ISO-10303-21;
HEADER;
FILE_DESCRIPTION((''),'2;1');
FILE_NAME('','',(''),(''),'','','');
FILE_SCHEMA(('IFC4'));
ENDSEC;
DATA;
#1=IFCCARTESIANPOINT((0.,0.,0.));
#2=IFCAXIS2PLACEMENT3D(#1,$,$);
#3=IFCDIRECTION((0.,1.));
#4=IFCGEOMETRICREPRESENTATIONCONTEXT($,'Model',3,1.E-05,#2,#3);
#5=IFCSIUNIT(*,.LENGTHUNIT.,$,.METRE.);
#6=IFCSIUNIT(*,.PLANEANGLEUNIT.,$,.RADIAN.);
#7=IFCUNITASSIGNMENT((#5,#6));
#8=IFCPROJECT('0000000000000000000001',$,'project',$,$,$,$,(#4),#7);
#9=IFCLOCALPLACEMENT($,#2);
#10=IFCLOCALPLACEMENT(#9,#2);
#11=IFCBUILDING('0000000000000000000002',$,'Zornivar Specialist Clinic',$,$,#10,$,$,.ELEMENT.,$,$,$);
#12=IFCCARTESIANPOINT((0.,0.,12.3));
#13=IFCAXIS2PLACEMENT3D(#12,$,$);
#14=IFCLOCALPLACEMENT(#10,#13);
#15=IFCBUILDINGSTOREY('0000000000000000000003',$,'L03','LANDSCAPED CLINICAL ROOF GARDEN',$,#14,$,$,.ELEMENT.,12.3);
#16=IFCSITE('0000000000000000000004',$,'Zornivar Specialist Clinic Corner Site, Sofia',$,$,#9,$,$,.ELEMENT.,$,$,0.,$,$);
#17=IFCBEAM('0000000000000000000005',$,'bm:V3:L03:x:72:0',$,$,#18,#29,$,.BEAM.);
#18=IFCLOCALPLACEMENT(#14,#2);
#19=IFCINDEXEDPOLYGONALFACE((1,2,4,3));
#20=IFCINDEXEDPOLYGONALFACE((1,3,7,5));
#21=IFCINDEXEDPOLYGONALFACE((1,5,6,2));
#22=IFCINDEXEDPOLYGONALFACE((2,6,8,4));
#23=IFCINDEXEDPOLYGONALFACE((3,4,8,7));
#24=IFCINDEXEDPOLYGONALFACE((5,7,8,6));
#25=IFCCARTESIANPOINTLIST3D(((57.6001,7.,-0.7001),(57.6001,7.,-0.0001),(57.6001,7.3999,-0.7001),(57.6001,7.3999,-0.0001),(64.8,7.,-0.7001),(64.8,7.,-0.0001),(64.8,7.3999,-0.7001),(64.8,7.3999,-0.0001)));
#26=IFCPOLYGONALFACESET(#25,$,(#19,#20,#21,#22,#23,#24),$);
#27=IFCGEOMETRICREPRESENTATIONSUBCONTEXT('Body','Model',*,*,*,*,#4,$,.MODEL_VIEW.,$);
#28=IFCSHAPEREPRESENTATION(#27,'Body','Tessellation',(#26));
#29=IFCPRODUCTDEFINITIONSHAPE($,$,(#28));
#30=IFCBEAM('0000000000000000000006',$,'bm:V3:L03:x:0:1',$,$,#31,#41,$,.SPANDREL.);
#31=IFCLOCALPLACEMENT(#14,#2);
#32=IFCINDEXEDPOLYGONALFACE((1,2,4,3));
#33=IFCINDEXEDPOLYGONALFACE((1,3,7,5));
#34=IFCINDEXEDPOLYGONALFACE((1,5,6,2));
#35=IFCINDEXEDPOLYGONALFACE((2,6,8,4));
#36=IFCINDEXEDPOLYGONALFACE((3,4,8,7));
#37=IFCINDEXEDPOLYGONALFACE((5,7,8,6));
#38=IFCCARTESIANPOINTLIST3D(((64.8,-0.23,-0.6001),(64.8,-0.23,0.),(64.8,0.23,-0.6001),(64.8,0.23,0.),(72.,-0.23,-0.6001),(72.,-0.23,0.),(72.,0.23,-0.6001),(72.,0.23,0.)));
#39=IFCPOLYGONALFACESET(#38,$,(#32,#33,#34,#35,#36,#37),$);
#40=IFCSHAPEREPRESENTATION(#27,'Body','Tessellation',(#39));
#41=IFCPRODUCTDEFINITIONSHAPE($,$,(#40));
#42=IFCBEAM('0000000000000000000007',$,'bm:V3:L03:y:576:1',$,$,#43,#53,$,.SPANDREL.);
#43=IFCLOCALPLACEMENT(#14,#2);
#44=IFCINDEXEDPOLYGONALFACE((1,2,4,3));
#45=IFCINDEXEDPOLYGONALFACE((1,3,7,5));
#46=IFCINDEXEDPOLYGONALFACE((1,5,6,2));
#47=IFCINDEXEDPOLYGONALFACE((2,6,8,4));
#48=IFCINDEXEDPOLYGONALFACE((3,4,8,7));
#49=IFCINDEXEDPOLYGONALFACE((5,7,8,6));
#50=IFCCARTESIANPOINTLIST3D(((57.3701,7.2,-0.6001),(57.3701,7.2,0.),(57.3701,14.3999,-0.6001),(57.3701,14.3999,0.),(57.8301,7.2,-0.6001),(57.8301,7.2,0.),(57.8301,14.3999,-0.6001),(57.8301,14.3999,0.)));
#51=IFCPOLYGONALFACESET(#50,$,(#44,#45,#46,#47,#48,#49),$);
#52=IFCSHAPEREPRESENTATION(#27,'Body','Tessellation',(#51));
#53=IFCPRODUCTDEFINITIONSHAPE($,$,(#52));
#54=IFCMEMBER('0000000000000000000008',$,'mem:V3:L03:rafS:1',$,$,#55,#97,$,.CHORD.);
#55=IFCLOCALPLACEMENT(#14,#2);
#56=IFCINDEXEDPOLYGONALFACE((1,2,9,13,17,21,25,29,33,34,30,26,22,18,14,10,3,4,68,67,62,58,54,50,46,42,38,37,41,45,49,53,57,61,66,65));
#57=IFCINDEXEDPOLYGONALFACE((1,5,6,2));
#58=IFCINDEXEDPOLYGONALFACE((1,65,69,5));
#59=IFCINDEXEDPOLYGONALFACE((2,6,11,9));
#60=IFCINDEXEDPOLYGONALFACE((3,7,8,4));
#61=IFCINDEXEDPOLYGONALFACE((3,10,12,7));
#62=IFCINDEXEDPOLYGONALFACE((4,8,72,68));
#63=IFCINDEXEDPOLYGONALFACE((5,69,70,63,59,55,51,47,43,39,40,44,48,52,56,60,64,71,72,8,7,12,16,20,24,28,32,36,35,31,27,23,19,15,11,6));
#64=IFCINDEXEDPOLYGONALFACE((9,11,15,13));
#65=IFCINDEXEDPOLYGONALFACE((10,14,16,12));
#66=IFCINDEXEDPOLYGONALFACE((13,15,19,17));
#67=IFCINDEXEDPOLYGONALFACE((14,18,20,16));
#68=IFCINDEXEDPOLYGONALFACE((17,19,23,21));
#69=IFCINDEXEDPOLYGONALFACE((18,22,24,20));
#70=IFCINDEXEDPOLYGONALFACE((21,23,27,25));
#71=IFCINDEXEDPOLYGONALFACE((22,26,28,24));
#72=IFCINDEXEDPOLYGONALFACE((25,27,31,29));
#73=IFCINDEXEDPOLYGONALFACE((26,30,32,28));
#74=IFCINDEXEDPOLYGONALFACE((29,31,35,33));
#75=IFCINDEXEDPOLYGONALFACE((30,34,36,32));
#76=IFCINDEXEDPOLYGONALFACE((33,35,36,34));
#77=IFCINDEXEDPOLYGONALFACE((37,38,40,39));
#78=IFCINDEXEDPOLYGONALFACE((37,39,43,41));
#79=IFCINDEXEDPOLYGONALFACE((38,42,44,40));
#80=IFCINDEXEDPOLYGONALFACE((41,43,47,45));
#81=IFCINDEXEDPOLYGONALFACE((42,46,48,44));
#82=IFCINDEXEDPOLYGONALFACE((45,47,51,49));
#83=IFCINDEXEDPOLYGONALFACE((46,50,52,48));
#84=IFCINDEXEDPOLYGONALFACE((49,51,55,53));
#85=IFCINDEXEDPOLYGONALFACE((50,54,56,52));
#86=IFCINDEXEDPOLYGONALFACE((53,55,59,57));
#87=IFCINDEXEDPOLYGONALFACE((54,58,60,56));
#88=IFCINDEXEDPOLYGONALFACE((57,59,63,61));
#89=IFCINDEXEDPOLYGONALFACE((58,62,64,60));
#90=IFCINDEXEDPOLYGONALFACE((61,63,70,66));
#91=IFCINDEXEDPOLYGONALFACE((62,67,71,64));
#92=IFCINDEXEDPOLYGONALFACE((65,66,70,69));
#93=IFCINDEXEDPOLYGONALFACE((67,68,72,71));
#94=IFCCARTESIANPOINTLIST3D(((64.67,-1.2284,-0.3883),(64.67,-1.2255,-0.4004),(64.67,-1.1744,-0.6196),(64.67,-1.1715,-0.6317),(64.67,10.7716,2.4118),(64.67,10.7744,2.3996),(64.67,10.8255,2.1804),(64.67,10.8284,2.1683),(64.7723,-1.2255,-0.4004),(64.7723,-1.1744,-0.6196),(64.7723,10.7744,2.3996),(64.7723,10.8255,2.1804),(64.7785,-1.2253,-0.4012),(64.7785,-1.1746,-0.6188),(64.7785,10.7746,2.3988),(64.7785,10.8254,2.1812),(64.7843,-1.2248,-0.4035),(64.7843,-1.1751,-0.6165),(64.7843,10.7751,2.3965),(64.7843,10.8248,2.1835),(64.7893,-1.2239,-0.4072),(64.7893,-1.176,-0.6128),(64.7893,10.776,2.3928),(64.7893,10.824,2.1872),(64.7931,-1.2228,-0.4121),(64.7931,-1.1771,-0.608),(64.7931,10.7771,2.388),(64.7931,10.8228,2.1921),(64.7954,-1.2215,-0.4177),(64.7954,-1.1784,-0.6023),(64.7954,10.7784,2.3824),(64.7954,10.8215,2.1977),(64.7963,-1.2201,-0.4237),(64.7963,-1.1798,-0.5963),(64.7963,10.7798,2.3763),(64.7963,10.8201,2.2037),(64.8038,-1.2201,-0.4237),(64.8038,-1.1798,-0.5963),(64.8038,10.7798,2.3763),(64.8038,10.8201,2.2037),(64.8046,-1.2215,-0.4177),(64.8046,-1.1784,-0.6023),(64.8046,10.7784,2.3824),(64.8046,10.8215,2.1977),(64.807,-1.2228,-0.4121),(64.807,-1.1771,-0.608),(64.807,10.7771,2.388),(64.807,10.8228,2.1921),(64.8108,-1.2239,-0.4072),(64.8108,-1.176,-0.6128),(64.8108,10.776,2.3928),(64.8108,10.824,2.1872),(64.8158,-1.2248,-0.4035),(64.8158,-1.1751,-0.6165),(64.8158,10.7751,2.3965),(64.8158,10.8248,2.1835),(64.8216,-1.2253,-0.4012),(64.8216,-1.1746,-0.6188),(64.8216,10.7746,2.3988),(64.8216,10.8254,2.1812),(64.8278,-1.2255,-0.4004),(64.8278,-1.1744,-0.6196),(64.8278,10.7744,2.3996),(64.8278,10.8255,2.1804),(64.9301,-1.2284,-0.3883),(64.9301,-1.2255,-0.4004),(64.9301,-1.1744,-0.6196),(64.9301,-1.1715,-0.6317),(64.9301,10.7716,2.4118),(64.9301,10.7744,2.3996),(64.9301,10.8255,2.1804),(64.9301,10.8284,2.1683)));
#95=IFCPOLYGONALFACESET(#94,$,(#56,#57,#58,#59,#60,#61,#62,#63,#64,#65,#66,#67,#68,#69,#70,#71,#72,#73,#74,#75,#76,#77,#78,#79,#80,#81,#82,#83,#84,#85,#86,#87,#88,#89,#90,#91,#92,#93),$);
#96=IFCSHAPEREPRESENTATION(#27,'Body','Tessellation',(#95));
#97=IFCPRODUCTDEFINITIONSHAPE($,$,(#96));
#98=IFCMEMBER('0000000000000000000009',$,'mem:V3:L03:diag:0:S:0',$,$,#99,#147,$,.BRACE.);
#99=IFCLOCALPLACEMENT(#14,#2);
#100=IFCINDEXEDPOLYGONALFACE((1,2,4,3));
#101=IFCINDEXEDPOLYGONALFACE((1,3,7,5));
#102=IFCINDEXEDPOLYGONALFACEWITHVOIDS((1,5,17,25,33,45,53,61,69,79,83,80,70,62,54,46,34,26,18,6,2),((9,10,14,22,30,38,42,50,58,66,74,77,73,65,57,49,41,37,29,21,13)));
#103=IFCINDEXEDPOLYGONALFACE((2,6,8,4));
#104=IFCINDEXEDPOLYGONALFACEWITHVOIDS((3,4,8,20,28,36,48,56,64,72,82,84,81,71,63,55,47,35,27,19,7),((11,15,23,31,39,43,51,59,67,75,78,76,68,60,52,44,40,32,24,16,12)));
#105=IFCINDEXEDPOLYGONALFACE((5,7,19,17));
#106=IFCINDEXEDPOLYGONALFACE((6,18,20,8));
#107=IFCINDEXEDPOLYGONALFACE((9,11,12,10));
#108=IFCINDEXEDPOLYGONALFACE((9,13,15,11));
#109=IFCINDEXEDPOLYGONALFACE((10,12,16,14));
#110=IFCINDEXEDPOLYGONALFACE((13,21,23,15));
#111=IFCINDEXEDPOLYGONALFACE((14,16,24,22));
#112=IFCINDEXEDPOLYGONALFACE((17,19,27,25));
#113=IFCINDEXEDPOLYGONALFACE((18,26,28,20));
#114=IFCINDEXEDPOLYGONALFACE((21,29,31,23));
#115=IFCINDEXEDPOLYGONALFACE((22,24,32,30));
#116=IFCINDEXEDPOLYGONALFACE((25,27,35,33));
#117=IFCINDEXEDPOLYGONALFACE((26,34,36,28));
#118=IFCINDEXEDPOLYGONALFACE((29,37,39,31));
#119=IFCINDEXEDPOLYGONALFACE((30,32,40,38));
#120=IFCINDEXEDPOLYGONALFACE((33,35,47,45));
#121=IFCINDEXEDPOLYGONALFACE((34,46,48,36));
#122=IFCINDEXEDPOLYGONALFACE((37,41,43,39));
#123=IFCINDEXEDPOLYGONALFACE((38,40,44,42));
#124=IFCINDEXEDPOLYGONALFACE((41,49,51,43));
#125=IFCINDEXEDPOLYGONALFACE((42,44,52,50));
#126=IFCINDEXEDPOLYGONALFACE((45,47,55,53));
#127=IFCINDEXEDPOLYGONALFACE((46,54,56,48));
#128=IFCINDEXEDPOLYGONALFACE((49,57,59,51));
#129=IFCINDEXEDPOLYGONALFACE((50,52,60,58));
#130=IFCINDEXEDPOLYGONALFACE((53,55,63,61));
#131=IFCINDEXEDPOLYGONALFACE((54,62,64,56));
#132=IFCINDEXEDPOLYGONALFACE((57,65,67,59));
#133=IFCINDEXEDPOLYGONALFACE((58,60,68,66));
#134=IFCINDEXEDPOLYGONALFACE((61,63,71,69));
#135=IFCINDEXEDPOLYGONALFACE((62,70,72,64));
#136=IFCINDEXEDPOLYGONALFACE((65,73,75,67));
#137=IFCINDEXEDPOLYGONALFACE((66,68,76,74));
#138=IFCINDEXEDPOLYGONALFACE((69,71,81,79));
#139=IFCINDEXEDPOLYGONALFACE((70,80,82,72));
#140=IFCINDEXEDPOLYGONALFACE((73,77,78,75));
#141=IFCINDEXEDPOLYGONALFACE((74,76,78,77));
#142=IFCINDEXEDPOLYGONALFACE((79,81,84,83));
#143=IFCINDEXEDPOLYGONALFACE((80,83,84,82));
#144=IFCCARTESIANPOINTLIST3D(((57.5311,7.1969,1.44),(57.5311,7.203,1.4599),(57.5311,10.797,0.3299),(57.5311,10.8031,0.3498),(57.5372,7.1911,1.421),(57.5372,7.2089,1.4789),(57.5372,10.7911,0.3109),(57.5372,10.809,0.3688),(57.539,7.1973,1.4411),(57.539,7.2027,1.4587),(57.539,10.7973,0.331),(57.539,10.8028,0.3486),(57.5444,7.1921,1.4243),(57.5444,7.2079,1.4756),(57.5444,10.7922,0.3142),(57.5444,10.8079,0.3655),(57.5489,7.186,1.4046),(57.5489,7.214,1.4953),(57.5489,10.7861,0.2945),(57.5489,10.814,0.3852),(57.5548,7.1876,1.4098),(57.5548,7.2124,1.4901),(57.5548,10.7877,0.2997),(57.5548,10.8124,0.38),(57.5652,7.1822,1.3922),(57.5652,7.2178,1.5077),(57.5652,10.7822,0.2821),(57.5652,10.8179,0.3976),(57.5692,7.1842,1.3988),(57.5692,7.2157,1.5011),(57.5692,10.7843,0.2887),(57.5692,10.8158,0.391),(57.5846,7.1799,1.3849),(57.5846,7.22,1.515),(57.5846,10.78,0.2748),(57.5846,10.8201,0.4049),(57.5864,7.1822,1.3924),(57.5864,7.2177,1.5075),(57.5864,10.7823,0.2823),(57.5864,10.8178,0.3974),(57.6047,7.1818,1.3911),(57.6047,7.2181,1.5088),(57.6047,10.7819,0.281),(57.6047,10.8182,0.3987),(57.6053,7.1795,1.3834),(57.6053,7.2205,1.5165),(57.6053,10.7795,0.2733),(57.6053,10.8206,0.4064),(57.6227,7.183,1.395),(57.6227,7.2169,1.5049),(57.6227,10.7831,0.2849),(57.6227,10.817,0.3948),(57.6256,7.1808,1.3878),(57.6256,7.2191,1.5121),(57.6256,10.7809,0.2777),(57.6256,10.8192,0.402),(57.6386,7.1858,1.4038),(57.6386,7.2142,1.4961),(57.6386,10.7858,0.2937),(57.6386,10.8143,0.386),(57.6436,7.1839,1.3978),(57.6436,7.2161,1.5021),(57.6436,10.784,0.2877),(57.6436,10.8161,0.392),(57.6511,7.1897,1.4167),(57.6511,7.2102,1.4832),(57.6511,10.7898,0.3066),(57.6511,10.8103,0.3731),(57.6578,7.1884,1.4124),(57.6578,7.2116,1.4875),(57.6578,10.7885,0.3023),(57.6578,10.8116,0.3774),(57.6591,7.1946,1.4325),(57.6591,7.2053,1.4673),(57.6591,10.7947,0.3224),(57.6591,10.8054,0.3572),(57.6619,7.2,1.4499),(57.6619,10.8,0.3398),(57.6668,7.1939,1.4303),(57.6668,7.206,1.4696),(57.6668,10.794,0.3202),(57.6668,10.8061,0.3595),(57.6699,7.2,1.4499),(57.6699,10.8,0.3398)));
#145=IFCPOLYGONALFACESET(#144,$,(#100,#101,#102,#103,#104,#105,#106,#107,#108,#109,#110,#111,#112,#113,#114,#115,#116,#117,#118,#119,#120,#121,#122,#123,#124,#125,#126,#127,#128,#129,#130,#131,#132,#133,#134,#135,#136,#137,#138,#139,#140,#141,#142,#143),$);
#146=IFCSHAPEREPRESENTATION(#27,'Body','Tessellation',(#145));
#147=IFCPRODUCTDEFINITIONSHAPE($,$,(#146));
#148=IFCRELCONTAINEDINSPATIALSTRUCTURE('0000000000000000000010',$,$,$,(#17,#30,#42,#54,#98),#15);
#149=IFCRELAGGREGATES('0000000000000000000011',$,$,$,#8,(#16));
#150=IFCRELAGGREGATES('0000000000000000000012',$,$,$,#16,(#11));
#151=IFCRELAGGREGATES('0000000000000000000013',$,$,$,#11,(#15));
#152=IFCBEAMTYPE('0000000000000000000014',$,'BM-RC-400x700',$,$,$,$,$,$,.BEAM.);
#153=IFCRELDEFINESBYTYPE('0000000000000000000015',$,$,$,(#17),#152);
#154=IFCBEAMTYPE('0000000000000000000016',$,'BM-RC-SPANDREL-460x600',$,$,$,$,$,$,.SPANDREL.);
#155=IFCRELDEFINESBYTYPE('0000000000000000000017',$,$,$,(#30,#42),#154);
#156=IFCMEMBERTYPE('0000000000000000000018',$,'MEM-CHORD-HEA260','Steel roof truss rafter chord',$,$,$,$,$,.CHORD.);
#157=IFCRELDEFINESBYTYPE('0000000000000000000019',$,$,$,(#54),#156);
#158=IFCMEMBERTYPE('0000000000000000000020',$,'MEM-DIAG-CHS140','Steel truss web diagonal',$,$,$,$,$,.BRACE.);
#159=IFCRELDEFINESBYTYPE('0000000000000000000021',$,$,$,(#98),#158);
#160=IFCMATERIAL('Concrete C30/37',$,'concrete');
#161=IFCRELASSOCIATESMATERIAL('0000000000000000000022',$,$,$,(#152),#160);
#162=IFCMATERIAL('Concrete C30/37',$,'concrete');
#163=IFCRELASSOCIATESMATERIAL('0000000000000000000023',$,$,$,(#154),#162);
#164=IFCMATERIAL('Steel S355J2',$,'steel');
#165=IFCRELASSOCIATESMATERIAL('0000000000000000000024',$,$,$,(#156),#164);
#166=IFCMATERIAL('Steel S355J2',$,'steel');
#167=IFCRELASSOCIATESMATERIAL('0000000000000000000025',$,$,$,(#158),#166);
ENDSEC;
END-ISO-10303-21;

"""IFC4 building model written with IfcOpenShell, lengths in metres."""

from ifc_helpers import new_model, si_unit, direction, frame, origin, origin_2d, place, context, subcontext, project, spatial, rectangle, hollow_circle, i_section, extrude, material, material_profile, profile_set, type_object, element, save


model = new_model("IFC4")

# Units and contexts
model_context = context("Model", 3, precision=1e-05, world=origin(), true_north=direction((0.0, 1.0)))
body_context = subcontext(model_context, "Body", "Model", "MODEL_VIEW")
ifc_project = project(units=[si_unit("LENGTHUNIT", "METRE"), si_unit("PLANEANGLEUNIT", "RADIAN")], contexts=[model_context])

# Site, building, storey
site_placement = place(None, origin())
site = spatial("IfcSite", under=ifc_project, at=site_placement, Name="Zornivar Specialist Clinic Corner Site, Sofia", CompositionType="ELEMENT", RefElevation=0.0)
building_placement = place(site_placement, origin())
building = spatial("IfcBuilding", under=site, at=building_placement, Name="Zornivar Specialist Clinic", CompositionType="ELEMENT")
storey_placement = place(building_placement, frame((0.0, 0.0, 12.3)))
storey = spatial("IfcBuildingStorey", under=building, at=storey_placement, Name="L03", Description="LANDSCAPED CLINICAL ROOF GARDEN", CompositionType="ELEMENT", Elevation=12.3)

# Beams
ifc_material_1 = material(Name="Concrete C30/37", Category="concrete")
ifc_material_profile_1 = material_profile(ifc_material_1, rectangle(XDim=0.3999, YDim=0.7, at=origin_2d()), Name="RC 400x700")
ifc_profile_set_1 = profile_set([ifc_material_profile_1], Name="Concrete C30/37")
beam_type_1 = type_object("IfcBeamType", Name="BM-RC-400x700", PredefinedType="BEAM", material=ifc_profile_set_1)
beam_placement = place(storey_placement, frame((57.6001, 7.2, -0.3501), z_axis=(1.0, 0.0, 0.0), x_axis=(0.0, 1.0, 0.0)))
element("IfcBeam", 1, at=beam_placement, inside=storey, type_object=beam_type_1, Name="bm:V3:L03:x:72:0", PredefinedType="BEAM", context=body_context, shape_type="SweptSolid", body=[
    extrude(rectangle(XDim=0.3999, YDim=0.7, at=origin_2d()), origin(), (0.0, 0.0, 1.0), 7.2),
])
ifc_material_2 = material(Name="Concrete C30/37", Category="concrete")
ifc_material_profile_2 = material_profile(ifc_material_2, rectangle(XDim=0.46, YDim=0.6001, at=origin_2d()), Name="RC 460x600")
ifc_profile_set_2 = profile_set([ifc_material_profile_2], Name="Concrete C30/37")
beam_type_2 = type_object("IfcBeamType", Name="BM-RC-SPANDREL-460x600", PredefinedType="SPANDREL", material=ifc_profile_set_2)
for number, where, z_axis, x_axis, name in (
    (2, (64.8, 0.0, -0.3), (1.0, 0.0, 0.0), (0.0, 1.0, 0.0), "bm:V3:L03:x:0:1"),
    (3, (57.6001, 7.2, -0.3), (0.0, 1.0, 0.0), (-1.0, 0.0, 0.0), "bm:V3:L03:y:576:1"),
):
    element("IfcBeam", number, at=place(storey_placement, frame(where, z_axis=z_axis, x_axis=x_axis)), inside=storey, type_object=beam_type_2, Name=name, PredefinedType="SPANDREL", context=body_context, shape_type="SweptSolid", body=[
        extrude(rectangle(XDim=0.46, YDim=0.6001, at=origin_2d()), origin(), (0.0, 0.0, 1.0), 7.2),
    ])

# Members
ifc_material_3 = material(Name="Steel S355J2", Category="steel")
ifc_material_profile_3 = material_profile(ifc_material_3, i_section(OverallWidth=0.26, OverallDepth=0.25, WebThickness=0.0076, FlangeThickness=0.0125, FilletRadius=0.0239, at=origin_2d()), Name="HEA 260")
ifc_profile_set_3 = profile_set([ifc_material_profile_3], Name="Steel S355J2")
member_type_1 = type_object("IfcMemberType", Name="MEM-CHORD-HEA260", Description="Steel roof truss rafter chord", PredefinedType="CHORD", material=ifc_profile_set_3)
member_1_placement = place(storey_placement, frame((64.8, -1.2, -0.51), z_axis=(0.0, 0.97384, 0.227233), x_axis=(-1.0, 0.0, 0.0)))
element("IfcMember", 4, at=member_1_placement, inside=storey, type_object=member_type_1, Name="mem:V3:L03:rafS:1", PredefinedType="CHORD", context=body_context, shape_type="SweptSolid", body=[
    extrude(i_section(OverallWidth=0.26, OverallDepth=0.25, WebThickness=0.0076, FlangeThickness=0.0125, FilletRadius=0.0239, at=origin_2d()), origin(), (0.0, 0.0, 1.0), 12.3223),
])
ifc_material_4 = material(Name="Steel S355J2", Category="steel")
ifc_material_profile_4 = material_profile(ifc_material_4, hollow_circle(Radius=0.0698, WallThickness=0.0081, at=origin_2d()), Name="CHS 139.7x8")
ifc_profile_set_4 = profile_set([ifc_material_profile_4], Name="Steel S355J2")
member_type_2 = type_object("IfcMemberType", Name="MEM-DIAG-CHS140", Description="Steel truss web diagonal", PredefinedType="BRACE", material=ifc_profile_set_4)
member_2_placement = place(storey_placement, frame((57.6001, 10.8, 0.3398), z_axis=(0.0, -0.955601, 0.294664), x_axis=(1.0, 0.0, 0.0)))
element("IfcMember", 5, at=member_2_placement, inside=storey, type_object=member_type_2, Name="mem:V3:L03:diag:0:S:0", PredefinedType="BRACE", context=body_context, shape_type="SweptSolid", body=[
    extrude(hollow_circle(Radius=0.0698, WallThickness=0.0081, at=origin_2d()), origin(), (0.0, 0.0, 1.0), 3.7673),
])

save(model, "model.ifc")
